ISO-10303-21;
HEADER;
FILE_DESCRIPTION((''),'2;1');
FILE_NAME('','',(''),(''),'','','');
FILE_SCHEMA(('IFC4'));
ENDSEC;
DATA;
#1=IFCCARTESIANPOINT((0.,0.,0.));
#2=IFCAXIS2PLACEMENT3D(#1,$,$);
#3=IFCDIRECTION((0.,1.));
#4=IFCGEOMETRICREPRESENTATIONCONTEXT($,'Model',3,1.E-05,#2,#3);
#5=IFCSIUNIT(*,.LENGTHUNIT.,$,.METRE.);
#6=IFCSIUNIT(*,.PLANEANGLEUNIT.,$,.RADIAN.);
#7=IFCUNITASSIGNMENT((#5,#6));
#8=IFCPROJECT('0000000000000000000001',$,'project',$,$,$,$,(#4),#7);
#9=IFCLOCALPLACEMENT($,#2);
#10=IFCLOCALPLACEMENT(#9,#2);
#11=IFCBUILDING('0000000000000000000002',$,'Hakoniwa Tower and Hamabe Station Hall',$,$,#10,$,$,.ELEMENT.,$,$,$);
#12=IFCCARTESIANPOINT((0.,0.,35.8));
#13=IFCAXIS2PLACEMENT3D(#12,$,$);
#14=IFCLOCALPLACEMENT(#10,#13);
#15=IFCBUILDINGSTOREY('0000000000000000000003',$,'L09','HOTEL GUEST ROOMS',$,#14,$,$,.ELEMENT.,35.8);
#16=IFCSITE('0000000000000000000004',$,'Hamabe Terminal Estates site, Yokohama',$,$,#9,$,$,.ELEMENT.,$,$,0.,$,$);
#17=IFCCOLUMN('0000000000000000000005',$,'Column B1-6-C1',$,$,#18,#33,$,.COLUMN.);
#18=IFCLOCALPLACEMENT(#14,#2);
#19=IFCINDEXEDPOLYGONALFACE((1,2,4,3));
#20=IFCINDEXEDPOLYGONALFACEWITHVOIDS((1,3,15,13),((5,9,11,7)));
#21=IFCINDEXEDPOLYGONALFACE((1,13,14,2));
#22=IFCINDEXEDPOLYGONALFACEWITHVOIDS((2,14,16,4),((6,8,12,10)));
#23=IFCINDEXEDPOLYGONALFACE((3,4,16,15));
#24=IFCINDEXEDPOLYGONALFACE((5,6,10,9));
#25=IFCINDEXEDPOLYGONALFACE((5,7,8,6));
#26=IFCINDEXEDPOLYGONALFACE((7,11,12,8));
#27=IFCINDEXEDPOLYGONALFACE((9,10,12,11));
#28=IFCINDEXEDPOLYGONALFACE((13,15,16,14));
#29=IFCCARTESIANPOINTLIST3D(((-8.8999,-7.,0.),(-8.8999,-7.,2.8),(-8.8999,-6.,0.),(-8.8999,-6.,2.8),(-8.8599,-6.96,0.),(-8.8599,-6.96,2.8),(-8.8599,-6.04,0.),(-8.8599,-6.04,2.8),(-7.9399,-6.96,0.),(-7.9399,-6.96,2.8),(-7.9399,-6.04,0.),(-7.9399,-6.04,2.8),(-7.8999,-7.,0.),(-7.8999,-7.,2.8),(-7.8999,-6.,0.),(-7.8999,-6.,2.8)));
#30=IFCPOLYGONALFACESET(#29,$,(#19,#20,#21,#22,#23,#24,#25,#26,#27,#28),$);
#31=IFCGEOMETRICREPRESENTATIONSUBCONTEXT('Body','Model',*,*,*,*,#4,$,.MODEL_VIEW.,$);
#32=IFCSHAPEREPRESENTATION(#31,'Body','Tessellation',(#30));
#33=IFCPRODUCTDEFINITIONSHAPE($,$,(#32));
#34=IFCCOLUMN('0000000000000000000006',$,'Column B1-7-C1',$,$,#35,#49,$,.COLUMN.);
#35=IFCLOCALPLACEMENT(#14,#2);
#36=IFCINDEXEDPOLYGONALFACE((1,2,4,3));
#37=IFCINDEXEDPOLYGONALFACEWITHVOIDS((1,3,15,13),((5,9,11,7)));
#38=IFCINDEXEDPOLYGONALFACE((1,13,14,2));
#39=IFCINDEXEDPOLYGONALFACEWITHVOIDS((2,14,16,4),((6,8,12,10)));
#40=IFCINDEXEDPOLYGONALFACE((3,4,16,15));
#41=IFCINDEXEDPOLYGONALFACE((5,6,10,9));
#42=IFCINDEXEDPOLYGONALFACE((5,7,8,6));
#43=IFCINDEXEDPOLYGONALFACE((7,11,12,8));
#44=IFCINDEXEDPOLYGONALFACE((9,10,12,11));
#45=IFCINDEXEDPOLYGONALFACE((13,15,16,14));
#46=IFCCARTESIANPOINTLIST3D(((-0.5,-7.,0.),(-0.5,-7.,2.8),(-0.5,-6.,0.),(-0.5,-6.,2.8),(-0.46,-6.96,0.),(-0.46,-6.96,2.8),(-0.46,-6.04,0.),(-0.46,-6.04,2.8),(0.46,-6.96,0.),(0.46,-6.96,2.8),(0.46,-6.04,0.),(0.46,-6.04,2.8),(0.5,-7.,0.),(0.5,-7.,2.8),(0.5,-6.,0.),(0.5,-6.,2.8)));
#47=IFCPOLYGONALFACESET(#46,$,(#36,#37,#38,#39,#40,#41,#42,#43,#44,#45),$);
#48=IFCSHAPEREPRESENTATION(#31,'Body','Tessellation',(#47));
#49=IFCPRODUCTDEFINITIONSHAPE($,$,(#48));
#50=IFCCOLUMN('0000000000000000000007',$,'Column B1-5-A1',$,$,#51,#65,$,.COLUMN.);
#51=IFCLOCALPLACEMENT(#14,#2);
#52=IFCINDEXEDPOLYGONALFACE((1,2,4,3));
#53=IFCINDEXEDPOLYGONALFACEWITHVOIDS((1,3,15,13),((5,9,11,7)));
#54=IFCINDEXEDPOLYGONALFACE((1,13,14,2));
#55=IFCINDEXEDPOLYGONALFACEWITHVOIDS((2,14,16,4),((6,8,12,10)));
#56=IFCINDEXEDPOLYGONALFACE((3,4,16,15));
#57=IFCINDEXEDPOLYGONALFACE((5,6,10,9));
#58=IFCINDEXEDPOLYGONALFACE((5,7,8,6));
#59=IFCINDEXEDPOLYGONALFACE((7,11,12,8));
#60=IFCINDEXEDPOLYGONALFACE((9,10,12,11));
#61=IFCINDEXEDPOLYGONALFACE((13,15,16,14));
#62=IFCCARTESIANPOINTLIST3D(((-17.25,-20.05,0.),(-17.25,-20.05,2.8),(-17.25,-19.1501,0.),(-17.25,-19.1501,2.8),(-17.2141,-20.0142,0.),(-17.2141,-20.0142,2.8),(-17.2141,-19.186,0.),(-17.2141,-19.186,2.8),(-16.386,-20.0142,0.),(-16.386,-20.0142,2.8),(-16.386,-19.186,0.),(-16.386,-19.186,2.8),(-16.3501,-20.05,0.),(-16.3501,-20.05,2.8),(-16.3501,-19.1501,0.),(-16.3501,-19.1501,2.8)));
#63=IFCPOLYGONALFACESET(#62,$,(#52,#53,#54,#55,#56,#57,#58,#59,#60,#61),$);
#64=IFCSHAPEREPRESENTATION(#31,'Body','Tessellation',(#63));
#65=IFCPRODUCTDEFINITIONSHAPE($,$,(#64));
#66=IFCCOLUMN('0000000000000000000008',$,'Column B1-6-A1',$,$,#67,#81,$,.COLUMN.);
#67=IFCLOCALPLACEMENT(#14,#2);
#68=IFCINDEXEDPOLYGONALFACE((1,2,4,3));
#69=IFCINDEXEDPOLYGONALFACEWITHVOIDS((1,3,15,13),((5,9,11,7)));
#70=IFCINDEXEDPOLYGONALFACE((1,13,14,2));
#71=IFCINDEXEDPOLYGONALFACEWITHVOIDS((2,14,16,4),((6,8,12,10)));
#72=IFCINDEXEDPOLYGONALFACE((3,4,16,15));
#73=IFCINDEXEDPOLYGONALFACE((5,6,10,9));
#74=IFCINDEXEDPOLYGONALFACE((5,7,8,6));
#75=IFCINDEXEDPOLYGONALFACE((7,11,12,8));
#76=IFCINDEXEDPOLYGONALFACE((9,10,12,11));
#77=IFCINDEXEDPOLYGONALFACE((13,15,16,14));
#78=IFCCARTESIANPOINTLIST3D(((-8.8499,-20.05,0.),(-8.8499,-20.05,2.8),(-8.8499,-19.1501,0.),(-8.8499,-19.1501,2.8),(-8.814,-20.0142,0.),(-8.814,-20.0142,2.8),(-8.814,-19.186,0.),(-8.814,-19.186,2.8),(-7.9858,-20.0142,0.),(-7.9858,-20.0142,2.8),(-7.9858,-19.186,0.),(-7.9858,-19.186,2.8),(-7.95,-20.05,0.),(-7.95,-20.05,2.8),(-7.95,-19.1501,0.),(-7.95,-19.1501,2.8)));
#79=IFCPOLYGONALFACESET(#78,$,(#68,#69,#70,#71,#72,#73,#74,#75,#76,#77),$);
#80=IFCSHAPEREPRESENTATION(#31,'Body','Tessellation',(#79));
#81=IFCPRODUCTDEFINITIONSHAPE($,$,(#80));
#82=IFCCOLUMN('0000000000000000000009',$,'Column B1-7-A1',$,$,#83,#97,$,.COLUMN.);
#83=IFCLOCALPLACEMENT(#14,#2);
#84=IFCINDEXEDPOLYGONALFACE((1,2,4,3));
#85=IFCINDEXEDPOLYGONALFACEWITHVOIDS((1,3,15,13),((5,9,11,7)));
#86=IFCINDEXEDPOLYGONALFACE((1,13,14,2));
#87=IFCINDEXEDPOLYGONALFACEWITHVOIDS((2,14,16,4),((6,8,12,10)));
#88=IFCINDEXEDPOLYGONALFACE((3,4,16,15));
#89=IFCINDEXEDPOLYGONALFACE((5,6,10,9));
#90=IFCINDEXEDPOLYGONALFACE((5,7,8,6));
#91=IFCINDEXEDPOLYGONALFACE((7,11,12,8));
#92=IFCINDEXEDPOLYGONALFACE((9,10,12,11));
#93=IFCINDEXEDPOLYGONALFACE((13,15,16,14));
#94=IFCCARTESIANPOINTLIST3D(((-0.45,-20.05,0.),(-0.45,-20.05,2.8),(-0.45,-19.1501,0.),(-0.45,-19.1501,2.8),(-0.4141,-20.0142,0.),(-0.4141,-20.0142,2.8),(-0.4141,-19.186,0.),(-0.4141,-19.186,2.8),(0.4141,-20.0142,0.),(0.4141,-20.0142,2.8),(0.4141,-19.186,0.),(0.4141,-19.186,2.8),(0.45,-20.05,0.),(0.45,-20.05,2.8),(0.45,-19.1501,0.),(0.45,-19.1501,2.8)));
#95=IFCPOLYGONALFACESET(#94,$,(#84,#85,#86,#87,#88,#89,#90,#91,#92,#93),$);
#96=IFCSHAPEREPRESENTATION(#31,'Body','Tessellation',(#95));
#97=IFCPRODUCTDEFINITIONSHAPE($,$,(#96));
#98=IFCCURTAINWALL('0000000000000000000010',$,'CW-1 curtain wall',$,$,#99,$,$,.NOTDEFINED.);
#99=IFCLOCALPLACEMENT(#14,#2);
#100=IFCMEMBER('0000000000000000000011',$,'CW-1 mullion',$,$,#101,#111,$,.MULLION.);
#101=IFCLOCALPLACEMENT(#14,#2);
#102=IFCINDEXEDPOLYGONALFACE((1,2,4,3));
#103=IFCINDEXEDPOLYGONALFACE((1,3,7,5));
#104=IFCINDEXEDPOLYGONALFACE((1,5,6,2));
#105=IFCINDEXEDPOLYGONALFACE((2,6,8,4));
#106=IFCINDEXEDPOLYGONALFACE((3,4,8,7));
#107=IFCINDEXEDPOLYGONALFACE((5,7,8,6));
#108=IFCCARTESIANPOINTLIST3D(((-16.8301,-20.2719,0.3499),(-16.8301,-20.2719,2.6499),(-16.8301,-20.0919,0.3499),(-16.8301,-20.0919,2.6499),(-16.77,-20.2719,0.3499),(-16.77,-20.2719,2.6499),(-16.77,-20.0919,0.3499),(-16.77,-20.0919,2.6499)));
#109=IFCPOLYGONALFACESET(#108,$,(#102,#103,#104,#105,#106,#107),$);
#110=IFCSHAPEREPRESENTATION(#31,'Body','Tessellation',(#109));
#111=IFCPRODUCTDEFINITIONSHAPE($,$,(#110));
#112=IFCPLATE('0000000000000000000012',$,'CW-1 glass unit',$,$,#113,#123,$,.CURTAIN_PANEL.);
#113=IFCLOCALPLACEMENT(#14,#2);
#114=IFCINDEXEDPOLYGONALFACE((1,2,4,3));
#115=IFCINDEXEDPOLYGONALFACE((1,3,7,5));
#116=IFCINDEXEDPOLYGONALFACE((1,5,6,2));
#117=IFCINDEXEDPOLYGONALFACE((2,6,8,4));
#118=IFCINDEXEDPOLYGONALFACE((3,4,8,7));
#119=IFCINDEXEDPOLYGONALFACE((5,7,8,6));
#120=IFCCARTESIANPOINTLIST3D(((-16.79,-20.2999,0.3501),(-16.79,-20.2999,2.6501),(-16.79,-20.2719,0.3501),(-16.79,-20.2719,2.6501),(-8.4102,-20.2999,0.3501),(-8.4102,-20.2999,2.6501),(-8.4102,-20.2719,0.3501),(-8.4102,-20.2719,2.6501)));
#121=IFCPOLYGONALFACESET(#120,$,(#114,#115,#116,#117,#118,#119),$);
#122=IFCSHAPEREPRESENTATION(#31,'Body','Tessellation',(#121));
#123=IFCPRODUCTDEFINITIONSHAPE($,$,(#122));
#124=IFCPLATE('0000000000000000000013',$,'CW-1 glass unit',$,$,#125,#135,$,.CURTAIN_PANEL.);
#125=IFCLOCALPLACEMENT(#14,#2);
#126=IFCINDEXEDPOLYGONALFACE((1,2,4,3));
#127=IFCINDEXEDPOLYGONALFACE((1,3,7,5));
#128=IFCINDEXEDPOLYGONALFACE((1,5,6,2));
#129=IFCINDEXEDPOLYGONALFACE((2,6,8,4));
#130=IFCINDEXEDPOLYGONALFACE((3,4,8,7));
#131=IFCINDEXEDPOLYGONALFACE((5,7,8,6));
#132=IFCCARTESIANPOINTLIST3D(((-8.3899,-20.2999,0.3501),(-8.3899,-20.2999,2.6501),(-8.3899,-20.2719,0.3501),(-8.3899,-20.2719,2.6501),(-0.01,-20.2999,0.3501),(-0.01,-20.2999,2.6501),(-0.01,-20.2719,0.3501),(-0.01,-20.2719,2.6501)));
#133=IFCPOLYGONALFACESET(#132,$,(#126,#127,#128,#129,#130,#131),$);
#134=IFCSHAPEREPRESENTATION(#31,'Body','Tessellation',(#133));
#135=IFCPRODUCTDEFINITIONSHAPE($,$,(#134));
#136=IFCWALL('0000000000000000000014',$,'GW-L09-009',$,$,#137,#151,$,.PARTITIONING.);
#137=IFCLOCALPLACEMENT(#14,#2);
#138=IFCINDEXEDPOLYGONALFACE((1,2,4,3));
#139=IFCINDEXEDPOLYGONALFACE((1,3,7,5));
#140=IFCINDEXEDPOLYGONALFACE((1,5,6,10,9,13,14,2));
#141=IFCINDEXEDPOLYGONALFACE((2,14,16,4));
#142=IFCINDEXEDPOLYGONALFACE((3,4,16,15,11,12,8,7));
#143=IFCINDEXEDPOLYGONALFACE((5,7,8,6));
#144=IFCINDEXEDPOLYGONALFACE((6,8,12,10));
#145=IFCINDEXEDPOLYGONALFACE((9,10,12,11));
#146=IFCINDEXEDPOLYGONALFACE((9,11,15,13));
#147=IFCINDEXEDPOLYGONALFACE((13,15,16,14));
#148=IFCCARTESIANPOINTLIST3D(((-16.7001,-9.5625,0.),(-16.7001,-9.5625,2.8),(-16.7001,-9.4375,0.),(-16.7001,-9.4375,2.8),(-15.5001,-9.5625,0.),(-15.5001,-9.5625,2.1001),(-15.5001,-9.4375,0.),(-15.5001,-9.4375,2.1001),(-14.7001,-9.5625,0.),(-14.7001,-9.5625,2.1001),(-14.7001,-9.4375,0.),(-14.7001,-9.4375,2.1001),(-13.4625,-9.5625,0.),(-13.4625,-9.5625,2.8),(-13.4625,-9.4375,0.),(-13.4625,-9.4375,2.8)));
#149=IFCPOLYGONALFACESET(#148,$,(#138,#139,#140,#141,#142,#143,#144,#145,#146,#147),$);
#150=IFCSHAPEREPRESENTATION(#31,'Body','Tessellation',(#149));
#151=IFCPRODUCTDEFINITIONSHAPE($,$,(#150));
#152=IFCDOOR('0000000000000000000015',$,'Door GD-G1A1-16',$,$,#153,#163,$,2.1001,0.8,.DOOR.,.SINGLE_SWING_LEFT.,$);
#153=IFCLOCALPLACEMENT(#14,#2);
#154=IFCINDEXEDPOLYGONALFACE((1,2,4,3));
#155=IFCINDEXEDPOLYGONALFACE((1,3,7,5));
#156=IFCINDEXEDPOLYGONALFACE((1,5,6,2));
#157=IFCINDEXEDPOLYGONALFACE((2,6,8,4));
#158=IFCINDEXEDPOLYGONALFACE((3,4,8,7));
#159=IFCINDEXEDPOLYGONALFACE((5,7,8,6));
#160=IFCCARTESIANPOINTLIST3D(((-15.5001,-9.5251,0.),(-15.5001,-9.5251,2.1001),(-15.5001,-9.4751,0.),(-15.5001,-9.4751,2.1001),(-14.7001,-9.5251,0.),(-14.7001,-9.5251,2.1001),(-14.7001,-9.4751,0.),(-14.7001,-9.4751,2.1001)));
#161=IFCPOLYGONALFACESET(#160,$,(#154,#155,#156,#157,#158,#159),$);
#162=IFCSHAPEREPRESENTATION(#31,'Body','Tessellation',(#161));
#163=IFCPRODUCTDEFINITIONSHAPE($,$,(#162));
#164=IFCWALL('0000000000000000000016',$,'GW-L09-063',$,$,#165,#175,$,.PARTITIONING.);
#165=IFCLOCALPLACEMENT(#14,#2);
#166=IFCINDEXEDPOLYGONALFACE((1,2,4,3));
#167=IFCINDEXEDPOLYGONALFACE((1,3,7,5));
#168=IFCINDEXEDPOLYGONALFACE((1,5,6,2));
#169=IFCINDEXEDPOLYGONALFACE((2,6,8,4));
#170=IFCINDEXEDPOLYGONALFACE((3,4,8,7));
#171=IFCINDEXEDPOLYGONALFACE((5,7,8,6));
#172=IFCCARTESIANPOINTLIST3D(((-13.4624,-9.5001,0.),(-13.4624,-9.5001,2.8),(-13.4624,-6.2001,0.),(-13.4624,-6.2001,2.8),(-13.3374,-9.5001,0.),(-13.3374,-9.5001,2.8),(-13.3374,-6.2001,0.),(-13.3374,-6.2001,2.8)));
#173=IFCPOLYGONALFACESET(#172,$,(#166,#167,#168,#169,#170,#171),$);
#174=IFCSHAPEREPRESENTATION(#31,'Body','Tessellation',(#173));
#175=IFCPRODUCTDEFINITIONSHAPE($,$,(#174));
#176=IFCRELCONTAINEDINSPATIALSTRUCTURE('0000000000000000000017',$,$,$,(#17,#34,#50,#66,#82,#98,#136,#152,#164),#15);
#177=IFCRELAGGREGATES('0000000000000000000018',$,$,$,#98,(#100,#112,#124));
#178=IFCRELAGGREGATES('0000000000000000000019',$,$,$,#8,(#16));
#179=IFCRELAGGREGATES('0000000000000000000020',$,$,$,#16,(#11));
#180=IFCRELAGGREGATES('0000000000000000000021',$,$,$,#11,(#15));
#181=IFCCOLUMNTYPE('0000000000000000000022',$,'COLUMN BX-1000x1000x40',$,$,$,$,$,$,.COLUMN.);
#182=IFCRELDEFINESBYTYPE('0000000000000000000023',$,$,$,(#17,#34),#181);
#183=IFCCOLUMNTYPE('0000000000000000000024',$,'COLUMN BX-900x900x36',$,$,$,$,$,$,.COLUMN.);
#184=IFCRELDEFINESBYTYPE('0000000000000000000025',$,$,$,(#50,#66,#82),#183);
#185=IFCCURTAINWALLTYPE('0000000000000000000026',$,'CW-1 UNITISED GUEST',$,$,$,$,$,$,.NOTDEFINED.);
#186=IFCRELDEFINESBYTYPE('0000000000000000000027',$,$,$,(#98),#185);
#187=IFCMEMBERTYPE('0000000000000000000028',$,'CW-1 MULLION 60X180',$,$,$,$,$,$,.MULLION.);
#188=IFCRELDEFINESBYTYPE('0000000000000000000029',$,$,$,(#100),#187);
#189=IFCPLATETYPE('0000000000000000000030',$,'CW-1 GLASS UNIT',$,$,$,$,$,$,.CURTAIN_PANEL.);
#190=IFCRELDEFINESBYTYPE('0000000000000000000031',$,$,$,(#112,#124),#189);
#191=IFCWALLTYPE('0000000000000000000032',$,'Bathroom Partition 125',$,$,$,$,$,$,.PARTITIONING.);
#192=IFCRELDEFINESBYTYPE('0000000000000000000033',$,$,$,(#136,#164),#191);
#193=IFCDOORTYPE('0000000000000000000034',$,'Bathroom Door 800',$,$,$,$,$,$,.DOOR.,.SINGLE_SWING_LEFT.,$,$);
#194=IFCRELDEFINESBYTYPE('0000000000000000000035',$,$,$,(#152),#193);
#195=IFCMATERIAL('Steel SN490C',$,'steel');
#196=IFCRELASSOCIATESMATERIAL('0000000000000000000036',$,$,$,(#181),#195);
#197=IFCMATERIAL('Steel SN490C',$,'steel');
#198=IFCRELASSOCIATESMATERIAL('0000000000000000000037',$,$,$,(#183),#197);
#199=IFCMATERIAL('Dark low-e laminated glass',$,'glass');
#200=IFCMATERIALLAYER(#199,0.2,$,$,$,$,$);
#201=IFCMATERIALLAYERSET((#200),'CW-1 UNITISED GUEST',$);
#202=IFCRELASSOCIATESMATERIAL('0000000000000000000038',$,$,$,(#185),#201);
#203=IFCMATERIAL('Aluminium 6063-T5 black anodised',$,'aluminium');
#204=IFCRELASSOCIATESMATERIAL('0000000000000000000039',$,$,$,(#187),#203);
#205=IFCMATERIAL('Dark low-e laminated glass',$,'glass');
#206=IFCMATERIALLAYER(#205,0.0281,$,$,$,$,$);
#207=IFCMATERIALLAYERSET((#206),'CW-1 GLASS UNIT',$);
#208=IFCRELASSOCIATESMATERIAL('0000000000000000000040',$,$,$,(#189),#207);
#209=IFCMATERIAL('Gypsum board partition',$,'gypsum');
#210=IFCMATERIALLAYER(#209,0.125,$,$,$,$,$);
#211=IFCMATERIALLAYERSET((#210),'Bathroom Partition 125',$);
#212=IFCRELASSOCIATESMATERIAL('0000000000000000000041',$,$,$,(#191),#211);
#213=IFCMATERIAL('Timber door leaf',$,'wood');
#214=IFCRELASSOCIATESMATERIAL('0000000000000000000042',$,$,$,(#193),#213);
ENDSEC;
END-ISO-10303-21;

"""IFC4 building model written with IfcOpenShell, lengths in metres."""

from ifc_helpers import new_model, si_unit, direction, frame, frame_2d, origin, origin_2d, place, context, subcontext, project, spatial, rectangle, hollow_rectangle, extrude, material, layer, layer_set, material_profile, profile_set, type_object, element, fill, aggregate, save


model = new_model("IFC4")

# Units and contexts
model_context = context("Model", 3, precision=1e-05, world=origin(), true_north=direction((0.0, 1.0)))
body_context = subcontext(model_context, "Body", "Model", "MODEL_VIEW")
ifc_project = project(units=[si_unit("LENGTHUNIT", "METRE"), si_unit("PLANEANGLEUNIT", "RADIAN")], contexts=[model_context])

# Site, building, storey
site_placement = place(None, origin())
site = spatial("IfcSite", under=ifc_project, at=site_placement, Name="Hamabe Terminal Estates site, Yokohama", CompositionType="ELEMENT", RefElevation=0.0)
building_placement = place(site_placement, origin())
building = spatial("IfcBuilding", under=site, at=building_placement, Name="Hakoniwa Tower and Hamabe Station Hall", CompositionType="ELEMENT")
storey_placement = place(building_placement, frame((0.0, 0.0, 35.8)))
storey = spatial("IfcBuildingStorey", under=building, at=storey_placement, Name="L09", Description="HOTEL GUEST ROOMS", CompositionType="ELEMENT", Elevation=35.8)

# Columns
ifc_material_1 = material(Name="Steel SN490C", Category="steel")
ifc_material_profile_1 = material_profile(ifc_material_1, hollow_rectangle(XDim=1.0, YDim=1.0, WallThickness=0.04, at=origin_2d()), Name="BX-1000x1000x40")
ifc_profile_set_1 = profile_set([ifc_material_profile_1], Name="Steel SN490C")
column_type_1 = type_object("IfcColumnType", Name="COLUMN BX-1000x1000x40", PredefinedType="COLUMN", material=ifc_profile_set_1)
for number, where, z_axis, x_axis, name in (
    (1, (-8.3999, -6.5, 0.0), (0.0, 0.0, 1.0), (1.0, 0.0, 0.0), "Column B1-6-C1"),
    (2, (0.0, -6.5, 0.0), (0.0, 0.0, 1.0), (1.0, 0.0, 0.0), "Column B1-7-C1"),
):
    element("IfcColumn", number, at=place(storey_placement, frame(where, z_axis=z_axis, x_axis=x_axis)), inside=storey, type_object=column_type_1, Name=name, PredefinedType="COLUMN", context=body_context, shape_type="SweptSolid", body=[
        extrude(hollow_rectangle(XDim=1.0, YDim=1.0, WallThickness=0.04, at=origin_2d()), origin(), (0.0, 0.0, 1.0), 2.8),
    ])
ifc_material_2 = material(Name="Steel SN490C", Category="steel")
ifc_material_profile_2 = material_profile(ifc_material_2, hollow_rectangle(XDim=0.8999, YDim=0.8999, WallThickness=0.0359, at=origin_2d()), Name="BX-900x900x36")
ifc_profile_set_2 = profile_set([ifc_material_profile_2], Name="Steel SN490C")
column_type_2 = type_object("IfcColumnType", Name="COLUMN BX-900x900x36", PredefinedType="COLUMN", material=ifc_profile_set_2)
for number, where, z_axis, x_axis, name in (
    (3, (-16.8, -19.6001, 0.0), (0.0, 0.0, 1.0), (1.0, 0.0, 0.0), "Column B1-5-A1"),
    (4, (-8.3999, -19.6001, 0.0), (0.0, 0.0, 1.0), (1.0, 0.0, 0.0), "Column B1-6-A1"),
    (5, (0.0, -19.6001, 0.0), (0.0, 0.0, 1.0), (1.0, 0.0, 0.0), "Column B1-7-A1"),
):
    element("IfcColumn", number, at=place(storey_placement, frame(where, z_axis=z_axis, x_axis=x_axis)), inside=storey, type_object=column_type_2, Name=name, PredefinedType="COLUMN", context=body_context, shape_type="SweptSolid", body=[
        extrude(hollow_rectangle(XDim=0.8999, YDim=0.8999, WallThickness=0.0359, at=origin_2d()), origin(), (0.0, 0.0, 1.0), 2.8),
    ])

# Curtain wall, member, plates
ifc_material_3 = material(Name="Dark low-e laminated glass", Category="glass")
ifc_layer_1 = layer(ifc_material_3, 0.2)
ifc_layer_set_1 = layer_set([ifc_layer_1], Name="CW-1 UNITISED GUEST")
curtain_wall_type = type_object("IfcCurtainWallType", Name="CW-1 UNITISED GUEST", PredefinedType="NOTDEFINED", material=ifc_layer_set_1)
curtain_wall_placement = place(storey_placement, origin())
curtain_wall = element("IfcCurtainWall", 6, at=curtain_wall_placement, inside=storey, type_object=curtain_wall_type, Name="CW-1 curtain wall", PredefinedType="NOTDEFINED")
ifc_material_4 = material(Name="Aluminium 6063-T5 black anodised", Category="aluminium")
ifc_material_profile_3 = material_profile(ifc_material_4, rectangle(XDim=0.0601, YDim=0.1799, at=origin_2d()), Name="CW-1 MULLION 60X180")
ifc_profile_set_3 = profile_set([ifc_material_profile_3], Name="Aluminium 6063-T5 black anodised")
member_type = type_object("IfcMemberType", Name="CW-1 MULLION 60X180", PredefinedType="MULLION", material=ifc_profile_set_3)
member_placement = place(storey_placement, frame((-16.8, -20.1819, 0.3499), z_axis=(0.0, 0.0, 1.0), x_axis=(1.0, 0.0, 0.0)))
member = element("IfcMember", 7, at=member_placement, type_object=member_type, Name="CW-1 mullion", PredefinedType="MULLION", context=body_context, shape_type="SweptSolid", body=[
    extrude(rectangle(XDim=0.0601, YDim=0.1799, at=origin_2d()), origin(), (0.0, 0.0, 1.0), 2.3),
])
ifc_material_5 = material(Name="Dark low-e laminated glass", Category="glass")
ifc_layer_2 = layer(ifc_material_5, 0.0281)
ifc_layer_set_2 = layer_set([ifc_layer_2], Name="CW-1 GLASS UNIT")
plate_type = type_object("IfcPlateType", Name="CW-1 GLASS UNIT", PredefinedType="CURTAIN_PANEL", material=ifc_layer_set_2)
plate_1_placement = place(storey_placement, frame((-12.6001, -20.2859, 0.3501), z_axis=(0.0, 0.0, 1.0), x_axis=(1.0, 0.0, 0.0)))
plate_1 = element("IfcPlate", 8, at=plate_1_placement, type_object=plate_type, Name="CW-1 glass unit", PredefinedType="CURTAIN_PANEL", context=body_context, shape_type="SweptSolid", body=[
    extrude(rectangle(XDim=8.3799, YDim=0.0281, at=origin_2d()), origin(), (0.0, 0.0, 1.0), 2.3),
])
plate_2_placement = place(storey_placement, frame((-4.2, -20.2859, 0.3501), z_axis=(0.0, 0.0, 1.0), x_axis=(1.0, 0.0, 0.0)))
plate_2 = element("IfcPlate", 9, at=plate_2_placement, type_object=plate_type, Name="CW-1 glass unit", PredefinedType="CURTAIN_PANEL", context=body_context, shape_type="SweptSolid", body=[
    extrude(rectangle(XDim=8.3799, YDim=0.0281, at=origin_2d()), origin(), (0.0, 0.0, 1.0), 2.3),
])
aggregate(curtain_wall, [member, plate_1, plate_2])

# Wall, opening, door
ifc_material_6 = material(Name="Gypsum board partition", Category="gypsum")
ifc_layer_3 = layer(ifc_material_6, 0.125)
ifc_layer_set_3 = layer_set([ifc_layer_3], Name="Bathroom Partition 125")
wall_type_1 = type_object("IfcWallType", Name="Bathroom Partition 125", PredefinedType="PARTITIONING", material=ifc_layer_set_3)
wall_1_placement = place(storey_placement, frame((-16.7, -9.5, 0.0), z_axis=(0.0, 0.0, 1.0), x_axis=(1.0, 0.0, 0.0)))
wall_1 = element("IfcWall", 10, at=wall_1_placement, inside=storey, type_object=wall_type_1, Name="GW-L09-009", PredefinedType="PARTITIONING", context=body_context, shape_type="SweptSolid", body=[
    extrude(rectangle(XDim=3.2375, YDim=0.125, at=frame_2d((1.6187, 0.0))), origin(), (0.0, 0.0, 1.0), 2.8),
])
opening_1_placement = place(wall_1_placement, frame((1.2, 0.0, 0.0)))
opening_1 = element("IfcOpeningElement", 11, at=opening_1_placement, cuts=wall_1, PredefinedType="OPENING", context=body_context, shape_type="SweptSolid", body=[
    extrude(rectangle(XDim=0.8, YDim=2.1001, at=frame_2d((0.3999, 1.05))), frame((0.0, 0.0725, 0.0), z_axis=(0.0, -1.0, 0.0), x_axis=(1.0, 0.0, 0.0)), (0.0, 0.0, 1.0), 0.145),
])
ifc_material_7 = material(Name="Timber door leaf", Category="wood")
door_type_1 = type_object("IfcDoorType", Name="Bathroom Door 800", OperationType="SINGLE_SWING_LEFT", PredefinedType="DOOR", material=ifc_material_7)
door_1_placement = place(opening_1_placement, origin())
door_1 = element("IfcDoor", 12, at=door_1_placement, inside=storey, type_object=door_type_1, Name="Door GD-G1A1-16", OperationType="SINGLE_SWING_LEFT", OverallHeight=2.1001, OverallWidth=0.8, PredefinedType="DOOR", context=body_context, shape_type="SweptSolid", body=[
    extrude(rectangle(XDim=0.8, YDim=2.1001, at=frame_2d((0.3999, 1.05))), frame((0.0, 0.0249, 0.0), z_axis=(0.0, -1.0, 0.0), x_axis=(1.0, 0.0, 0.0)), (0.0, 0.0, 1.0), 0.05),
])
fill(opening_1, door_1)

# Wall
wall_2_placement = place(storey_placement, frame((-13.3999, -9.5, 0.0), z_axis=(0.0, 0.0, 1.0), x_axis=(0.0, 1.0, 0.0)))
element("IfcWall", 13, at=wall_2_placement, inside=storey, type_object=wall_type_1, Name="GW-L09-063", PredefinedType="PARTITIONING", context=body_context, shape_type="SweptSolid", body=[
    extrude(rectangle(XDim=3.3, YDim=0.125, at=frame_2d((1.6499, 0.0))), origin(), (0.0, 0.0, 1.0), 2.8),
])

save(model, "model.ifc")
